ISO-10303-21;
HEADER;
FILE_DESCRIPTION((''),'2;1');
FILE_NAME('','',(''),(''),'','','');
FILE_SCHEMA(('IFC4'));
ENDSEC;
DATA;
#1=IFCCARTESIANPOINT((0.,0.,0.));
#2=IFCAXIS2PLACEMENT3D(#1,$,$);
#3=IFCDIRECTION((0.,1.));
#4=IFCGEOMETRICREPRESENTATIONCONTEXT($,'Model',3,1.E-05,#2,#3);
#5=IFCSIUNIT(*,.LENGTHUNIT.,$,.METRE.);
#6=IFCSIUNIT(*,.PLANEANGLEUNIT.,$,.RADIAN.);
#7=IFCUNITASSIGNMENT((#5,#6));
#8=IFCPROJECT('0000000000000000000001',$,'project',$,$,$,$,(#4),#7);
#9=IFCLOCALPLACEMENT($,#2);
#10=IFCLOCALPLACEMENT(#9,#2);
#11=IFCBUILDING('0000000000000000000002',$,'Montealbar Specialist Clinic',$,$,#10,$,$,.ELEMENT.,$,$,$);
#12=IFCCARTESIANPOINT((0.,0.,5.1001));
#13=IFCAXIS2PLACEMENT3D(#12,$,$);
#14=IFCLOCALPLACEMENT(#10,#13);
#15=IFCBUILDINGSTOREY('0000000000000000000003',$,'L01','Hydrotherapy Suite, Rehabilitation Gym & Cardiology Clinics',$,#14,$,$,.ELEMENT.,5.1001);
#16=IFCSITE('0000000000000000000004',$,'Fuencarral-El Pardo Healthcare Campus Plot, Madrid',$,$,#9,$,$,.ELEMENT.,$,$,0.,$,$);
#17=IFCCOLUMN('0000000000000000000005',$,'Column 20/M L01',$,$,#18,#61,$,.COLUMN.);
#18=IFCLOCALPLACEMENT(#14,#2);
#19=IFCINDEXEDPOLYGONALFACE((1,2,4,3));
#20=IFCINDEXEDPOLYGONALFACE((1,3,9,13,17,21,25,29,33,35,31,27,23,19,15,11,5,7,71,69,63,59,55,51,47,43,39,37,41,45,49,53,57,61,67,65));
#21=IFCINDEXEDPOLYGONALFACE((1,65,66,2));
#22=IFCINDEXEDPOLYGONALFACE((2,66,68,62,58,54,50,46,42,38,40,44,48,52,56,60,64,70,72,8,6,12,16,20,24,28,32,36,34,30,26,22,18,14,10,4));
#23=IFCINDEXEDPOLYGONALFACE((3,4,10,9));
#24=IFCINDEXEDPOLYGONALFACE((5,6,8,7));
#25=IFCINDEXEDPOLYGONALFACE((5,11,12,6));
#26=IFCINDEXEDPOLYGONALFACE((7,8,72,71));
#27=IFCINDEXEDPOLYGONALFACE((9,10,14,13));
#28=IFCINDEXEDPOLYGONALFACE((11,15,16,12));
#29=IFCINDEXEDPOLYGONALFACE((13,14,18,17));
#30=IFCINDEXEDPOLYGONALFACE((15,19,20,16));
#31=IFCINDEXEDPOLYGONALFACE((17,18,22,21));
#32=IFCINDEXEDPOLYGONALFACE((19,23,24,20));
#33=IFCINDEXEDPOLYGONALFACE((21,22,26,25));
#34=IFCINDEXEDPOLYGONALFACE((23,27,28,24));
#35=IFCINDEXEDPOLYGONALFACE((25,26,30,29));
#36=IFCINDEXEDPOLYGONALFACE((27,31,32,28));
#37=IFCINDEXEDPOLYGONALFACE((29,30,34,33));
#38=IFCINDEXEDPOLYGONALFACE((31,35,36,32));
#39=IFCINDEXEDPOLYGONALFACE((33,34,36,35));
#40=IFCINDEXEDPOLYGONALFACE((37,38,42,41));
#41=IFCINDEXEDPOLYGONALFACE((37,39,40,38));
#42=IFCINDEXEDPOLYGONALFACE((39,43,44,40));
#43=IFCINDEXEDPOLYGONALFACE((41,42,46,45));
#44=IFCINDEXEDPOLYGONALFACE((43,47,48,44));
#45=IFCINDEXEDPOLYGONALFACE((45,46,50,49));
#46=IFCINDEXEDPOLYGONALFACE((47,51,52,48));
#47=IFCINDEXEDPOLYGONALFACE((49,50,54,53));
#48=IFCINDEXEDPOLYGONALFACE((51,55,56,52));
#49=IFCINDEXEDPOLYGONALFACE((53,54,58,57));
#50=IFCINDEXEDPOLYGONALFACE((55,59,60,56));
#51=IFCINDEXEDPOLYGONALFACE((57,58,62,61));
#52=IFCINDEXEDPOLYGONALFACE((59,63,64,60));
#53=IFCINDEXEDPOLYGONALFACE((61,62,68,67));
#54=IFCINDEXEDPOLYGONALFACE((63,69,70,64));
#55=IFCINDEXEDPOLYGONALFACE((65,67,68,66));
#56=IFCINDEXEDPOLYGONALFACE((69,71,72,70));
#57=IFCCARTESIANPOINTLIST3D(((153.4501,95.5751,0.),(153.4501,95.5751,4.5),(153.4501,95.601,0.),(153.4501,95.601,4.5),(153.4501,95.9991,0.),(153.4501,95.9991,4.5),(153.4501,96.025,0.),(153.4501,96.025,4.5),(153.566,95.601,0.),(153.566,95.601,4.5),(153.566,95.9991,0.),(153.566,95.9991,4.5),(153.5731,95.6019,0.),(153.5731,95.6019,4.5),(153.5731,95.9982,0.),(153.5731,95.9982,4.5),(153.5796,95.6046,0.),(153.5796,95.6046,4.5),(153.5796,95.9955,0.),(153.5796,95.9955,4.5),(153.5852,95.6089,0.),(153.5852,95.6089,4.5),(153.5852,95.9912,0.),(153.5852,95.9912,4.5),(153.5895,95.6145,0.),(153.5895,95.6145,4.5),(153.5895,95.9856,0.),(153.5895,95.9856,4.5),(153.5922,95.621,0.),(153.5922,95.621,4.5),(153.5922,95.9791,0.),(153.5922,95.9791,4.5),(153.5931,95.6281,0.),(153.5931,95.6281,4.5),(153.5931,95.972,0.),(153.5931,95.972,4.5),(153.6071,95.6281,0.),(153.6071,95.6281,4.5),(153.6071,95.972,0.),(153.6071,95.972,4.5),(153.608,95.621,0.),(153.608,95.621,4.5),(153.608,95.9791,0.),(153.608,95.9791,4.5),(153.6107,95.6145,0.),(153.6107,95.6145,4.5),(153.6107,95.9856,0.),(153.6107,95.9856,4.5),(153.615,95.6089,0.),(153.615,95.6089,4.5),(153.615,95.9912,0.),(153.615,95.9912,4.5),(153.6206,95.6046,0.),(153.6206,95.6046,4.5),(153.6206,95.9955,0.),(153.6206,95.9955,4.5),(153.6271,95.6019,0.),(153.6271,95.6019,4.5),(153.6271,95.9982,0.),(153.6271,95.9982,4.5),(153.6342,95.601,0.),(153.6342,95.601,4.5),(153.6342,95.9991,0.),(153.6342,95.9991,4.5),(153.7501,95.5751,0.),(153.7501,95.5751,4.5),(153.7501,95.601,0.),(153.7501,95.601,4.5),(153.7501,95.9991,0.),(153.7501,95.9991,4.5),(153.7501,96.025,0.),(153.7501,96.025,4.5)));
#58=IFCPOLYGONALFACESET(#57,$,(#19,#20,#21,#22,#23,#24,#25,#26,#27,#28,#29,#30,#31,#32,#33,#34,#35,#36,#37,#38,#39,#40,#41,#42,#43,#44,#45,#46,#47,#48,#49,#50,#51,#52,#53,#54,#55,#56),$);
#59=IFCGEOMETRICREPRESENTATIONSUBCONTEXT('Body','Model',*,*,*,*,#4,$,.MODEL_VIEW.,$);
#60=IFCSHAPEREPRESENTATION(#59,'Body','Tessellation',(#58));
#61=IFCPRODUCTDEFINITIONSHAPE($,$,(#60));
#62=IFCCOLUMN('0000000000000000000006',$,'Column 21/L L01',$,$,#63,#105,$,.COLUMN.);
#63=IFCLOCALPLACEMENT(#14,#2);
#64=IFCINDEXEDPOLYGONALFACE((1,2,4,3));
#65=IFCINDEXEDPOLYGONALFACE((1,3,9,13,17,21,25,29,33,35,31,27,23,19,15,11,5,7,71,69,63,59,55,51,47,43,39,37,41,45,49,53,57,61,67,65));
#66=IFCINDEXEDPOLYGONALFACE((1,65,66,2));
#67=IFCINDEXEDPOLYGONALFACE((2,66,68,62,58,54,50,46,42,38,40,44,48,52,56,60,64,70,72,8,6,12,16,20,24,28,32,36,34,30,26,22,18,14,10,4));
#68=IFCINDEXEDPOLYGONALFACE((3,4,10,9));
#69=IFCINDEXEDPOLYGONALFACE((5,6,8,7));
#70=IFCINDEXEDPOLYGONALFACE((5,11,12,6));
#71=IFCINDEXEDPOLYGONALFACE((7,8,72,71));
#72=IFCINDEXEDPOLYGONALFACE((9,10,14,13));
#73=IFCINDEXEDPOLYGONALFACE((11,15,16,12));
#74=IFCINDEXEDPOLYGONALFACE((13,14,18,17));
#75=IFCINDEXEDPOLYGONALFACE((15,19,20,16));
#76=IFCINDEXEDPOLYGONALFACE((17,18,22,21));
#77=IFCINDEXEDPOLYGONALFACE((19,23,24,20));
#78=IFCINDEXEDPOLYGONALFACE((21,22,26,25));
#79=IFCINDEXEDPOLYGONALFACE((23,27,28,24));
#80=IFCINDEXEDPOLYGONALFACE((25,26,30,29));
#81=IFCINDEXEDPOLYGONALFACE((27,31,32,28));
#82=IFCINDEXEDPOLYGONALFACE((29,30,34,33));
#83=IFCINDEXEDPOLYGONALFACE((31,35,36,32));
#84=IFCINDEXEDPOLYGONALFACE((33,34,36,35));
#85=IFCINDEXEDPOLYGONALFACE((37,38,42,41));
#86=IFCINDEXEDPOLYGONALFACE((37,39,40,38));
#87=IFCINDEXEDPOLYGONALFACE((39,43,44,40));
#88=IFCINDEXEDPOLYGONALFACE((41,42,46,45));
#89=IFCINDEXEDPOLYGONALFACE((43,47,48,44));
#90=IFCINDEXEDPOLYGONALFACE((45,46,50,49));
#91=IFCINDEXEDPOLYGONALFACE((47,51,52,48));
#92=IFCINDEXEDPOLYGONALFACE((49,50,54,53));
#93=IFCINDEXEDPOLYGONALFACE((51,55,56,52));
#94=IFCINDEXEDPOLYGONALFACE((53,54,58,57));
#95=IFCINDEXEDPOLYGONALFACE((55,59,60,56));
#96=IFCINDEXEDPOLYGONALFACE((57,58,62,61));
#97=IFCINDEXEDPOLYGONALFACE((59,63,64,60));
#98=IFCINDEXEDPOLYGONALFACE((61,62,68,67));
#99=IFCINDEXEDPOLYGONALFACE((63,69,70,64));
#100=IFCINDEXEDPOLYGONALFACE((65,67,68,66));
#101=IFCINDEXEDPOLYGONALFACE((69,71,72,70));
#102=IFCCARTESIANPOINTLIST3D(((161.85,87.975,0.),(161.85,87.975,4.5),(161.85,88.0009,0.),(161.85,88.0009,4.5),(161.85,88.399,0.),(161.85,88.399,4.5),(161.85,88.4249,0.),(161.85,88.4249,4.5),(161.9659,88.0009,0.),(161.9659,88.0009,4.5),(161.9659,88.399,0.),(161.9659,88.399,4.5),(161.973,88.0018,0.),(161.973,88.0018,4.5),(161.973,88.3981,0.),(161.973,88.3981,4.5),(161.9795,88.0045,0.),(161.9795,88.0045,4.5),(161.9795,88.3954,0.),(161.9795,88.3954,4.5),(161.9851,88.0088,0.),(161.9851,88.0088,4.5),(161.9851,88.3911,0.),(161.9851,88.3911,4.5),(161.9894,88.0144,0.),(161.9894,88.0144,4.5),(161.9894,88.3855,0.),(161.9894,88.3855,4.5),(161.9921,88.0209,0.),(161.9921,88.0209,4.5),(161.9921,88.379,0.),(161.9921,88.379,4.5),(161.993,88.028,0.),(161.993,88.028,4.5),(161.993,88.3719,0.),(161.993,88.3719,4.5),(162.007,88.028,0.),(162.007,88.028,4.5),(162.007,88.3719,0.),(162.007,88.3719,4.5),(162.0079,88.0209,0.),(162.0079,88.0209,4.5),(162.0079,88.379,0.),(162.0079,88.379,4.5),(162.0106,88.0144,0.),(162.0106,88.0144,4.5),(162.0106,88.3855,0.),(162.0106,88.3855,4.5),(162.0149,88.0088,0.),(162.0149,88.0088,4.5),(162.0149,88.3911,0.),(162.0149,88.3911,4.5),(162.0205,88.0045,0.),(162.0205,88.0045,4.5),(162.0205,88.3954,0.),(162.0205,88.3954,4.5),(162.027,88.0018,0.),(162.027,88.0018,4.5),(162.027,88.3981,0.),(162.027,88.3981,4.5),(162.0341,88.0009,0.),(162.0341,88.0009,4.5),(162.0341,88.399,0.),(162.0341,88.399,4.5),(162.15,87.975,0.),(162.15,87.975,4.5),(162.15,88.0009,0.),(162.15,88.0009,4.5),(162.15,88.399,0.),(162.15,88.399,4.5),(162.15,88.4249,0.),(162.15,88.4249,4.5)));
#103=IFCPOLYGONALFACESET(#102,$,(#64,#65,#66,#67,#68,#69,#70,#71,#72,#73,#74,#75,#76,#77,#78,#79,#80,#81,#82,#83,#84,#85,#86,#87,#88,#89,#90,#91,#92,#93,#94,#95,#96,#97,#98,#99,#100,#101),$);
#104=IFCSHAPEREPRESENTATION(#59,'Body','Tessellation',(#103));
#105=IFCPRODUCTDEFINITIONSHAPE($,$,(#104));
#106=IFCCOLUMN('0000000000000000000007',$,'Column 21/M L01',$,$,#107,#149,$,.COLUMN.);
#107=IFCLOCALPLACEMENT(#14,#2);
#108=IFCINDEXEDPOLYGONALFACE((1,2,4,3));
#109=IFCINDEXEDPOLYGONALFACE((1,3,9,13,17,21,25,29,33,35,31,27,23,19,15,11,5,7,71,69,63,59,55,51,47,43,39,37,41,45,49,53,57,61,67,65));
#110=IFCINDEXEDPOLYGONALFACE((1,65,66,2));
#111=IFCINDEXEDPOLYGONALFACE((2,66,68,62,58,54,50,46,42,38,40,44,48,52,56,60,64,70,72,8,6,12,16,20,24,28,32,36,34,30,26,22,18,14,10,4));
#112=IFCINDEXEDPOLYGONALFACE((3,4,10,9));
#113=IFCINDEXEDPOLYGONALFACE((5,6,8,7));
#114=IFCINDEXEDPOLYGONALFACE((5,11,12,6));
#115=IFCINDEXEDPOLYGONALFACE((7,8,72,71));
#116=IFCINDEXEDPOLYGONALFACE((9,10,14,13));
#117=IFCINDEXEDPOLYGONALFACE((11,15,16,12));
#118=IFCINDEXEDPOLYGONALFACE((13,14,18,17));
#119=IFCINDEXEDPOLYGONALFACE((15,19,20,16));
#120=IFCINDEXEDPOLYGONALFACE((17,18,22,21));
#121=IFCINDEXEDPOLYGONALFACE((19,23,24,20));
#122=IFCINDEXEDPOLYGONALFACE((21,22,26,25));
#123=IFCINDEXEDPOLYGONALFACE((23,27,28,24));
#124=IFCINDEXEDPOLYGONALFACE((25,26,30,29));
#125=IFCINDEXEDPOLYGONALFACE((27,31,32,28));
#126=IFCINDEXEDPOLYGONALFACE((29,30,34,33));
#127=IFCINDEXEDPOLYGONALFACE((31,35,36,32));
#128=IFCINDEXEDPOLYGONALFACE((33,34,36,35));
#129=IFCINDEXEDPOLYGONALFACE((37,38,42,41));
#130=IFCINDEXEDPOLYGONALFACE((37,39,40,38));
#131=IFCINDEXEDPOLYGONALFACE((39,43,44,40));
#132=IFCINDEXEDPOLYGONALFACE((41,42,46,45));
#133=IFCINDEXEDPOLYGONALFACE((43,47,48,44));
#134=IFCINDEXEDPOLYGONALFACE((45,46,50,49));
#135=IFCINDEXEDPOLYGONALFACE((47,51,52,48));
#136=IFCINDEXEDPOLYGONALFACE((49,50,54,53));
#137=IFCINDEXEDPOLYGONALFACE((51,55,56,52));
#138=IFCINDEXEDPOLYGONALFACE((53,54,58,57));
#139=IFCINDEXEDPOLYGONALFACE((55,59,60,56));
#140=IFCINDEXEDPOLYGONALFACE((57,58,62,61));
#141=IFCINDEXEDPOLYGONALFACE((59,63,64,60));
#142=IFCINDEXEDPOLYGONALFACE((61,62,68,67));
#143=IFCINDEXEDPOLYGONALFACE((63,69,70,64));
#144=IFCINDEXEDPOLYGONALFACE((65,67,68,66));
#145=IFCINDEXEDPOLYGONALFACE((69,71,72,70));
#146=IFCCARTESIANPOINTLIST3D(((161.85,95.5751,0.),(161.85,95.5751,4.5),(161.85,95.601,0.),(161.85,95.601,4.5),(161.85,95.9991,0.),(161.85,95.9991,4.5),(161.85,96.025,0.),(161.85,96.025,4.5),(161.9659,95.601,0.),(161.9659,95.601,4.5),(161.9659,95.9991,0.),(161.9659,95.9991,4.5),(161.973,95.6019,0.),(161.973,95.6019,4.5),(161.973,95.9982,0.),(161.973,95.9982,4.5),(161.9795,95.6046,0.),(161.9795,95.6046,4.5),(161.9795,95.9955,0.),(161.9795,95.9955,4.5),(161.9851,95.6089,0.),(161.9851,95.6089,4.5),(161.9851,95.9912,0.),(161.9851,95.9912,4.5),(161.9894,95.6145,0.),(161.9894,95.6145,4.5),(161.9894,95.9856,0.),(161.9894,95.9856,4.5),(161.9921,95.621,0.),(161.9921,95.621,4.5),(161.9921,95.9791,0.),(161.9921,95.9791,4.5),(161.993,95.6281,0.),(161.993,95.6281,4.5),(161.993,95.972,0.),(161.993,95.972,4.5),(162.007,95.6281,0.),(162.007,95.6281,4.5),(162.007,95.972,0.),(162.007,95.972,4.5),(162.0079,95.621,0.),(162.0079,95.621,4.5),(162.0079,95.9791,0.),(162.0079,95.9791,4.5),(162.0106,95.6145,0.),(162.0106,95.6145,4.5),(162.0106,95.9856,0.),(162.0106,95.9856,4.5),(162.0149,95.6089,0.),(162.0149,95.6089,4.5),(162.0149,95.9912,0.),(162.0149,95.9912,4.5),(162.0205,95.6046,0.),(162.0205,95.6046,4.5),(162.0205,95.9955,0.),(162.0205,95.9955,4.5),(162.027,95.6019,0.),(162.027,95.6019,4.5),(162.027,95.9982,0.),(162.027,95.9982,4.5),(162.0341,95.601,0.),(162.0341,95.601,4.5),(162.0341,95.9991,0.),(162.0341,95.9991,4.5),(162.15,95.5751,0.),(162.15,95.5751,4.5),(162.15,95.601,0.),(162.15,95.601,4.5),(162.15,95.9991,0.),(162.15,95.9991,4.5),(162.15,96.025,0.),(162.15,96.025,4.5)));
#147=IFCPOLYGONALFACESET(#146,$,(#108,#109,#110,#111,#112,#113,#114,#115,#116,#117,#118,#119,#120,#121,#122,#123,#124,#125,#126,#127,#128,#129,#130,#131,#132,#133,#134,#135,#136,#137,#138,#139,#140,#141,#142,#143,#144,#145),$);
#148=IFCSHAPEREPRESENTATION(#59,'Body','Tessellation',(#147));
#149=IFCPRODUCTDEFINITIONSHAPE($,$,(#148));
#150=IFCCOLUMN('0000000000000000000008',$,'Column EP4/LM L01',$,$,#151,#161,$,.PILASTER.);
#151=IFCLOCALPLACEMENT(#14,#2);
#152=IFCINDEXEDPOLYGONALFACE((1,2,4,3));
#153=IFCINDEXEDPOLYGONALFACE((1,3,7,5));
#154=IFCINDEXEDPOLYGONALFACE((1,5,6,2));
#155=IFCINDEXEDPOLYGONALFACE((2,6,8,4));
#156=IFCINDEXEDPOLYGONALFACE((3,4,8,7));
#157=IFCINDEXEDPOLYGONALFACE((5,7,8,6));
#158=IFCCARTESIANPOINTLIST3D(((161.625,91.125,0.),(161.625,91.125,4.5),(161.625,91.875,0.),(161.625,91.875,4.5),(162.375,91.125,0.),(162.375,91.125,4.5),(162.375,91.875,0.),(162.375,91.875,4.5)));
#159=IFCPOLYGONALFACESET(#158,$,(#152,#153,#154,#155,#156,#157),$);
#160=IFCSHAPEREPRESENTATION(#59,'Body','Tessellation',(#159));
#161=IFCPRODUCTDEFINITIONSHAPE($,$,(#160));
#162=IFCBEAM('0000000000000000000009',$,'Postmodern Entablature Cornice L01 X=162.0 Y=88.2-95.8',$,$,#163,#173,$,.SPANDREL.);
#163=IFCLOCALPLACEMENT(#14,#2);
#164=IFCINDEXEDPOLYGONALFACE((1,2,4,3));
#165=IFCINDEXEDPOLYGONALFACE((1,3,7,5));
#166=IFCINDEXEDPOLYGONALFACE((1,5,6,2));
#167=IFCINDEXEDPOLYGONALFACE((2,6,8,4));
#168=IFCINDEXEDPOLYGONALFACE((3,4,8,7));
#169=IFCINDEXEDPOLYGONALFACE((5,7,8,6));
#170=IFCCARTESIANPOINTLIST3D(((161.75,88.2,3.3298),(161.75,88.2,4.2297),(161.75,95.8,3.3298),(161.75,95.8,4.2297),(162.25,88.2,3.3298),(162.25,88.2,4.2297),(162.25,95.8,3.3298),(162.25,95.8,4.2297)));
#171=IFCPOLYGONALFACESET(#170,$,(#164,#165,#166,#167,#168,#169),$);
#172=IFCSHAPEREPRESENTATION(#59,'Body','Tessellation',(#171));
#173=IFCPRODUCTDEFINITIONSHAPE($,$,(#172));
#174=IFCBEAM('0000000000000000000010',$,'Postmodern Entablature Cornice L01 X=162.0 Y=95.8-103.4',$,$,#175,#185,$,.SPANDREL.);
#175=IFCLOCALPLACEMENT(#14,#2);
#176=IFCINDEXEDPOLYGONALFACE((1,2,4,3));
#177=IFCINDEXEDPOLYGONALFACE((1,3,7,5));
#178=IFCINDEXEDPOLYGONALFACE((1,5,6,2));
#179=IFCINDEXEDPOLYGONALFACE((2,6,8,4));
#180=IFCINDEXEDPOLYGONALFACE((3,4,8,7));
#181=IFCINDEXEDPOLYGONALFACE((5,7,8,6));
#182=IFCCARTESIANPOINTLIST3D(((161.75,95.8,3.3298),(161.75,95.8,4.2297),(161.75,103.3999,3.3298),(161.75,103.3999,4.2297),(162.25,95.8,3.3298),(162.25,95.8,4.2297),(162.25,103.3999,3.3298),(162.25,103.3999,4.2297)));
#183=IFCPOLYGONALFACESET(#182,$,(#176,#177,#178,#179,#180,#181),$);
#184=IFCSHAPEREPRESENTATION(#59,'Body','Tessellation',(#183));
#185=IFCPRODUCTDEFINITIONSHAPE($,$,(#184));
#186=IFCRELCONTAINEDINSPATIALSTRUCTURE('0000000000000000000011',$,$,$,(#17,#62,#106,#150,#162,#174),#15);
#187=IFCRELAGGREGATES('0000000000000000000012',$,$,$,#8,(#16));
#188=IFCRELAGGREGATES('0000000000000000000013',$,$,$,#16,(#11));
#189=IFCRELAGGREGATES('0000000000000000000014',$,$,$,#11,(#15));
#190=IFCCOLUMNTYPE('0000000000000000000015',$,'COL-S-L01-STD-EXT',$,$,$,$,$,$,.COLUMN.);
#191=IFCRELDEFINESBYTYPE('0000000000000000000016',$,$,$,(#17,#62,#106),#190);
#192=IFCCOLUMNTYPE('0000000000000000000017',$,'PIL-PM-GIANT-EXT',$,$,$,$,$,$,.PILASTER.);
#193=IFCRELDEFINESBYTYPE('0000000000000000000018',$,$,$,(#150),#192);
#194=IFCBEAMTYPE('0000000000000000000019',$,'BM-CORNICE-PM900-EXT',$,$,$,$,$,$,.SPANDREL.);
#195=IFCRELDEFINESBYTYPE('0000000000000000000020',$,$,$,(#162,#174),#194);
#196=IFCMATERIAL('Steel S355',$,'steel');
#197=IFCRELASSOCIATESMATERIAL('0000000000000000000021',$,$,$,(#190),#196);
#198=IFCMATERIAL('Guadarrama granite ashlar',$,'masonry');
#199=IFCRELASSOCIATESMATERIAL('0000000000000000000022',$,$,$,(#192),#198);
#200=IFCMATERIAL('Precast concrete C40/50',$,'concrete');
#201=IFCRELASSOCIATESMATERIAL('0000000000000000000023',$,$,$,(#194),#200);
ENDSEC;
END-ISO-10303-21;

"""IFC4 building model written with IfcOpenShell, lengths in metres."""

from ifc_helpers import new_model, si_unit, direction, frame, origin, origin_2d, place, context, subcontext, project, spatial, rectangle, i_section, extrude, material, material_profile, profile_set, type_object, element, save


model = new_model("IFC4")

# Units and contexts
model_context = context("Model", 3, precision=1e-05, world=origin(), true_north=direction((0.0, 1.0)))
body_context = subcontext(model_context, "Body", "Model", "MODEL_VIEW")
ifc_project = project(units=[si_unit("LENGTHUNIT", "METRE"), si_unit("PLANEANGLEUNIT", "RADIAN")], contexts=[model_context])

# Site, building, storey
site_placement = place(None, origin())
site = spatial("IfcSite", under=ifc_project, at=site_placement, Name="Fuencarral-El Pardo Healthcare Campus Plot, Madrid", CompositionType="ELEMENT", RefElevation=0.0)
building_placement = place(site_placement, origin())
building = spatial("IfcBuilding", under=site, at=building_placement, Name="Montealbar Specialist Clinic", CompositionType="ELEMENT")
storey_placement = place(building_placement, frame((0.0, 0.0, 5.1001)))
storey = spatial("IfcBuildingStorey", under=building, at=storey_placement, Name="L01", Description="Hydrotherapy Suite, Rehabilitation Gym & Cardiology Clinics", CompositionType="ELEMENT", Elevation=5.1001)

# Columns
ifc_material_1 = material(Name="Steel S355", Category="steel")
ifc_material_profile_1 = material_profile(ifc_material_1, i_section(OverallWidth=0.3, OverallDepth=0.45, WebThickness=0.0139, FlangeThickness=0.0259, FilletRadius=0.0271, at=origin_2d()), Name="HEB 450", Category="steel")
ifc_profile_set_1 = profile_set([ifc_material_profile_1], Name="Steel S355")
column_type_1 = type_object("IfcColumnType", Name="COL-S-L01-STD-EXT", PredefinedType="COLUMN", material=ifc_profile_set_1)
for number, where, z_axis, x_axis, name in (
    (1, (153.6001, 95.8, 0.0), (0.0, 0.0, 1.0), (1.0, 0.0, 0.0), "Column 20/M L01"),
    (2, (162.0, 88.2, 0.0), (0.0, 0.0, 1.0), (1.0, 0.0, 0.0), "Column 21/L L01"),
    (3, (162.0, 95.8, 0.0), (0.0, 0.0, 1.0), (1.0, 0.0, 0.0), "Column 21/M L01"),
):
    element("IfcColumn", number, at=place(storey_placement, frame(where, z_axis=z_axis, x_axis=x_axis)), inside=storey, type_object=column_type_1, Name=name, PredefinedType="COLUMN", context=body_context, shape_type="SweptSolid", body=[
        extrude(i_section(OverallWidth=0.3, OverallDepth=0.45, WebThickness=0.0139, FlangeThickness=0.0259, FilletRadius=0.0271, at=origin_2d()), origin(), (0.0, 0.0, 1.0), 4.5),
    ])
ifc_material_2 = material(Name="Guadarrama granite ashlar", Category="masonry")
ifc_material_profile_2 = material_profile(ifc_material_2, rectangle(XDim=0.75, YDim=0.75, at=origin_2d()), Name="GRANITE PILASTER 750x750", Category="masonry")
ifc_profile_set_2 = profile_set([ifc_material_profile_2], Name="Guadarrama granite ashlar")
column_type_2 = type_object("IfcColumnType", Name="PIL-PM-GIANT-EXT", PredefinedType="PILASTER", material=ifc_profile_set_2)
column_placement = place(storey_placement, frame((162.0, 91.5, 0.0), z_axis=(0.0, 0.0, 1.0), x_axis=(1.0, 0.0, 0.0)))
element("IfcColumn", 4, at=column_placement, inside=storey, type_object=column_type_2, Name="Column EP4/LM L01", PredefinedType="PILASTER", context=body_context, shape_type="SweptSolid", body=[
    extrude(rectangle(XDim=0.75, YDim=0.75, at=origin_2d()), origin(), (0.0, 0.0, 1.0), 4.5),
])

# Beams
ifc_material_3 = material(Name="Precast concrete C40/50", Category="concrete")
ifc_material_profile_3 = material_profile(ifc_material_3, rectangle(XDim=0.5, YDim=0.8999, at=origin_2d()), Name="PRECAST CORNICE 500x900", Category="concrete")
ifc_profile_set_3 = profile_set([ifc_material_profile_3], Name="Precast concrete C40/50")
beam_type_1 = type_object("IfcBeamType", Name="BM-CORNICE-PM900-EXT", PredefinedType="SPANDREL", material=ifc_profile_set_3)
beam_1_placement = place(storey_placement, frame((162.0, 88.2, 3.7798), z_axis=(0.0, 1.0, 0.0), x_axis=(-1.0, 0.0, 0.0)))
element("IfcBeam", 5, at=beam_1_placement, inside=storey, type_object=beam_type_1, Name="Postmodern Entablature Cornice L01 X=162.0 Y=88.2-95.8", PredefinedType="SPANDREL", context=body_context, shape_type="SweptSolid", body=[
    extrude(rectangle(XDim=0.5, YDim=0.8999, at=origin_2d()), origin(), (0.0, 0.0, 1.0), 7.6001),
])
beam_2_placement = place(storey_placement, frame((162.0, 95.8, 3.7798), z_axis=(0.0, 1.0, 0.0), x_axis=(-1.0, 0.0, 0.0)))
element("IfcBeam", 6, at=beam_2_placement, inside=storey, type_object=beam_type_1, Name="Postmodern Entablature Cornice L01 X=162.0 Y=95.8-103.4", PredefinedType="SPANDREL", context=body_context, shape_type="SweptSolid", body=[
    extrude(rectangle(XDim=0.5, YDim=0.8999, at=origin_2d()), origin(), (0.0, 0.0, 1.0), 7.5999),
])

save(model, "model.ifc")
